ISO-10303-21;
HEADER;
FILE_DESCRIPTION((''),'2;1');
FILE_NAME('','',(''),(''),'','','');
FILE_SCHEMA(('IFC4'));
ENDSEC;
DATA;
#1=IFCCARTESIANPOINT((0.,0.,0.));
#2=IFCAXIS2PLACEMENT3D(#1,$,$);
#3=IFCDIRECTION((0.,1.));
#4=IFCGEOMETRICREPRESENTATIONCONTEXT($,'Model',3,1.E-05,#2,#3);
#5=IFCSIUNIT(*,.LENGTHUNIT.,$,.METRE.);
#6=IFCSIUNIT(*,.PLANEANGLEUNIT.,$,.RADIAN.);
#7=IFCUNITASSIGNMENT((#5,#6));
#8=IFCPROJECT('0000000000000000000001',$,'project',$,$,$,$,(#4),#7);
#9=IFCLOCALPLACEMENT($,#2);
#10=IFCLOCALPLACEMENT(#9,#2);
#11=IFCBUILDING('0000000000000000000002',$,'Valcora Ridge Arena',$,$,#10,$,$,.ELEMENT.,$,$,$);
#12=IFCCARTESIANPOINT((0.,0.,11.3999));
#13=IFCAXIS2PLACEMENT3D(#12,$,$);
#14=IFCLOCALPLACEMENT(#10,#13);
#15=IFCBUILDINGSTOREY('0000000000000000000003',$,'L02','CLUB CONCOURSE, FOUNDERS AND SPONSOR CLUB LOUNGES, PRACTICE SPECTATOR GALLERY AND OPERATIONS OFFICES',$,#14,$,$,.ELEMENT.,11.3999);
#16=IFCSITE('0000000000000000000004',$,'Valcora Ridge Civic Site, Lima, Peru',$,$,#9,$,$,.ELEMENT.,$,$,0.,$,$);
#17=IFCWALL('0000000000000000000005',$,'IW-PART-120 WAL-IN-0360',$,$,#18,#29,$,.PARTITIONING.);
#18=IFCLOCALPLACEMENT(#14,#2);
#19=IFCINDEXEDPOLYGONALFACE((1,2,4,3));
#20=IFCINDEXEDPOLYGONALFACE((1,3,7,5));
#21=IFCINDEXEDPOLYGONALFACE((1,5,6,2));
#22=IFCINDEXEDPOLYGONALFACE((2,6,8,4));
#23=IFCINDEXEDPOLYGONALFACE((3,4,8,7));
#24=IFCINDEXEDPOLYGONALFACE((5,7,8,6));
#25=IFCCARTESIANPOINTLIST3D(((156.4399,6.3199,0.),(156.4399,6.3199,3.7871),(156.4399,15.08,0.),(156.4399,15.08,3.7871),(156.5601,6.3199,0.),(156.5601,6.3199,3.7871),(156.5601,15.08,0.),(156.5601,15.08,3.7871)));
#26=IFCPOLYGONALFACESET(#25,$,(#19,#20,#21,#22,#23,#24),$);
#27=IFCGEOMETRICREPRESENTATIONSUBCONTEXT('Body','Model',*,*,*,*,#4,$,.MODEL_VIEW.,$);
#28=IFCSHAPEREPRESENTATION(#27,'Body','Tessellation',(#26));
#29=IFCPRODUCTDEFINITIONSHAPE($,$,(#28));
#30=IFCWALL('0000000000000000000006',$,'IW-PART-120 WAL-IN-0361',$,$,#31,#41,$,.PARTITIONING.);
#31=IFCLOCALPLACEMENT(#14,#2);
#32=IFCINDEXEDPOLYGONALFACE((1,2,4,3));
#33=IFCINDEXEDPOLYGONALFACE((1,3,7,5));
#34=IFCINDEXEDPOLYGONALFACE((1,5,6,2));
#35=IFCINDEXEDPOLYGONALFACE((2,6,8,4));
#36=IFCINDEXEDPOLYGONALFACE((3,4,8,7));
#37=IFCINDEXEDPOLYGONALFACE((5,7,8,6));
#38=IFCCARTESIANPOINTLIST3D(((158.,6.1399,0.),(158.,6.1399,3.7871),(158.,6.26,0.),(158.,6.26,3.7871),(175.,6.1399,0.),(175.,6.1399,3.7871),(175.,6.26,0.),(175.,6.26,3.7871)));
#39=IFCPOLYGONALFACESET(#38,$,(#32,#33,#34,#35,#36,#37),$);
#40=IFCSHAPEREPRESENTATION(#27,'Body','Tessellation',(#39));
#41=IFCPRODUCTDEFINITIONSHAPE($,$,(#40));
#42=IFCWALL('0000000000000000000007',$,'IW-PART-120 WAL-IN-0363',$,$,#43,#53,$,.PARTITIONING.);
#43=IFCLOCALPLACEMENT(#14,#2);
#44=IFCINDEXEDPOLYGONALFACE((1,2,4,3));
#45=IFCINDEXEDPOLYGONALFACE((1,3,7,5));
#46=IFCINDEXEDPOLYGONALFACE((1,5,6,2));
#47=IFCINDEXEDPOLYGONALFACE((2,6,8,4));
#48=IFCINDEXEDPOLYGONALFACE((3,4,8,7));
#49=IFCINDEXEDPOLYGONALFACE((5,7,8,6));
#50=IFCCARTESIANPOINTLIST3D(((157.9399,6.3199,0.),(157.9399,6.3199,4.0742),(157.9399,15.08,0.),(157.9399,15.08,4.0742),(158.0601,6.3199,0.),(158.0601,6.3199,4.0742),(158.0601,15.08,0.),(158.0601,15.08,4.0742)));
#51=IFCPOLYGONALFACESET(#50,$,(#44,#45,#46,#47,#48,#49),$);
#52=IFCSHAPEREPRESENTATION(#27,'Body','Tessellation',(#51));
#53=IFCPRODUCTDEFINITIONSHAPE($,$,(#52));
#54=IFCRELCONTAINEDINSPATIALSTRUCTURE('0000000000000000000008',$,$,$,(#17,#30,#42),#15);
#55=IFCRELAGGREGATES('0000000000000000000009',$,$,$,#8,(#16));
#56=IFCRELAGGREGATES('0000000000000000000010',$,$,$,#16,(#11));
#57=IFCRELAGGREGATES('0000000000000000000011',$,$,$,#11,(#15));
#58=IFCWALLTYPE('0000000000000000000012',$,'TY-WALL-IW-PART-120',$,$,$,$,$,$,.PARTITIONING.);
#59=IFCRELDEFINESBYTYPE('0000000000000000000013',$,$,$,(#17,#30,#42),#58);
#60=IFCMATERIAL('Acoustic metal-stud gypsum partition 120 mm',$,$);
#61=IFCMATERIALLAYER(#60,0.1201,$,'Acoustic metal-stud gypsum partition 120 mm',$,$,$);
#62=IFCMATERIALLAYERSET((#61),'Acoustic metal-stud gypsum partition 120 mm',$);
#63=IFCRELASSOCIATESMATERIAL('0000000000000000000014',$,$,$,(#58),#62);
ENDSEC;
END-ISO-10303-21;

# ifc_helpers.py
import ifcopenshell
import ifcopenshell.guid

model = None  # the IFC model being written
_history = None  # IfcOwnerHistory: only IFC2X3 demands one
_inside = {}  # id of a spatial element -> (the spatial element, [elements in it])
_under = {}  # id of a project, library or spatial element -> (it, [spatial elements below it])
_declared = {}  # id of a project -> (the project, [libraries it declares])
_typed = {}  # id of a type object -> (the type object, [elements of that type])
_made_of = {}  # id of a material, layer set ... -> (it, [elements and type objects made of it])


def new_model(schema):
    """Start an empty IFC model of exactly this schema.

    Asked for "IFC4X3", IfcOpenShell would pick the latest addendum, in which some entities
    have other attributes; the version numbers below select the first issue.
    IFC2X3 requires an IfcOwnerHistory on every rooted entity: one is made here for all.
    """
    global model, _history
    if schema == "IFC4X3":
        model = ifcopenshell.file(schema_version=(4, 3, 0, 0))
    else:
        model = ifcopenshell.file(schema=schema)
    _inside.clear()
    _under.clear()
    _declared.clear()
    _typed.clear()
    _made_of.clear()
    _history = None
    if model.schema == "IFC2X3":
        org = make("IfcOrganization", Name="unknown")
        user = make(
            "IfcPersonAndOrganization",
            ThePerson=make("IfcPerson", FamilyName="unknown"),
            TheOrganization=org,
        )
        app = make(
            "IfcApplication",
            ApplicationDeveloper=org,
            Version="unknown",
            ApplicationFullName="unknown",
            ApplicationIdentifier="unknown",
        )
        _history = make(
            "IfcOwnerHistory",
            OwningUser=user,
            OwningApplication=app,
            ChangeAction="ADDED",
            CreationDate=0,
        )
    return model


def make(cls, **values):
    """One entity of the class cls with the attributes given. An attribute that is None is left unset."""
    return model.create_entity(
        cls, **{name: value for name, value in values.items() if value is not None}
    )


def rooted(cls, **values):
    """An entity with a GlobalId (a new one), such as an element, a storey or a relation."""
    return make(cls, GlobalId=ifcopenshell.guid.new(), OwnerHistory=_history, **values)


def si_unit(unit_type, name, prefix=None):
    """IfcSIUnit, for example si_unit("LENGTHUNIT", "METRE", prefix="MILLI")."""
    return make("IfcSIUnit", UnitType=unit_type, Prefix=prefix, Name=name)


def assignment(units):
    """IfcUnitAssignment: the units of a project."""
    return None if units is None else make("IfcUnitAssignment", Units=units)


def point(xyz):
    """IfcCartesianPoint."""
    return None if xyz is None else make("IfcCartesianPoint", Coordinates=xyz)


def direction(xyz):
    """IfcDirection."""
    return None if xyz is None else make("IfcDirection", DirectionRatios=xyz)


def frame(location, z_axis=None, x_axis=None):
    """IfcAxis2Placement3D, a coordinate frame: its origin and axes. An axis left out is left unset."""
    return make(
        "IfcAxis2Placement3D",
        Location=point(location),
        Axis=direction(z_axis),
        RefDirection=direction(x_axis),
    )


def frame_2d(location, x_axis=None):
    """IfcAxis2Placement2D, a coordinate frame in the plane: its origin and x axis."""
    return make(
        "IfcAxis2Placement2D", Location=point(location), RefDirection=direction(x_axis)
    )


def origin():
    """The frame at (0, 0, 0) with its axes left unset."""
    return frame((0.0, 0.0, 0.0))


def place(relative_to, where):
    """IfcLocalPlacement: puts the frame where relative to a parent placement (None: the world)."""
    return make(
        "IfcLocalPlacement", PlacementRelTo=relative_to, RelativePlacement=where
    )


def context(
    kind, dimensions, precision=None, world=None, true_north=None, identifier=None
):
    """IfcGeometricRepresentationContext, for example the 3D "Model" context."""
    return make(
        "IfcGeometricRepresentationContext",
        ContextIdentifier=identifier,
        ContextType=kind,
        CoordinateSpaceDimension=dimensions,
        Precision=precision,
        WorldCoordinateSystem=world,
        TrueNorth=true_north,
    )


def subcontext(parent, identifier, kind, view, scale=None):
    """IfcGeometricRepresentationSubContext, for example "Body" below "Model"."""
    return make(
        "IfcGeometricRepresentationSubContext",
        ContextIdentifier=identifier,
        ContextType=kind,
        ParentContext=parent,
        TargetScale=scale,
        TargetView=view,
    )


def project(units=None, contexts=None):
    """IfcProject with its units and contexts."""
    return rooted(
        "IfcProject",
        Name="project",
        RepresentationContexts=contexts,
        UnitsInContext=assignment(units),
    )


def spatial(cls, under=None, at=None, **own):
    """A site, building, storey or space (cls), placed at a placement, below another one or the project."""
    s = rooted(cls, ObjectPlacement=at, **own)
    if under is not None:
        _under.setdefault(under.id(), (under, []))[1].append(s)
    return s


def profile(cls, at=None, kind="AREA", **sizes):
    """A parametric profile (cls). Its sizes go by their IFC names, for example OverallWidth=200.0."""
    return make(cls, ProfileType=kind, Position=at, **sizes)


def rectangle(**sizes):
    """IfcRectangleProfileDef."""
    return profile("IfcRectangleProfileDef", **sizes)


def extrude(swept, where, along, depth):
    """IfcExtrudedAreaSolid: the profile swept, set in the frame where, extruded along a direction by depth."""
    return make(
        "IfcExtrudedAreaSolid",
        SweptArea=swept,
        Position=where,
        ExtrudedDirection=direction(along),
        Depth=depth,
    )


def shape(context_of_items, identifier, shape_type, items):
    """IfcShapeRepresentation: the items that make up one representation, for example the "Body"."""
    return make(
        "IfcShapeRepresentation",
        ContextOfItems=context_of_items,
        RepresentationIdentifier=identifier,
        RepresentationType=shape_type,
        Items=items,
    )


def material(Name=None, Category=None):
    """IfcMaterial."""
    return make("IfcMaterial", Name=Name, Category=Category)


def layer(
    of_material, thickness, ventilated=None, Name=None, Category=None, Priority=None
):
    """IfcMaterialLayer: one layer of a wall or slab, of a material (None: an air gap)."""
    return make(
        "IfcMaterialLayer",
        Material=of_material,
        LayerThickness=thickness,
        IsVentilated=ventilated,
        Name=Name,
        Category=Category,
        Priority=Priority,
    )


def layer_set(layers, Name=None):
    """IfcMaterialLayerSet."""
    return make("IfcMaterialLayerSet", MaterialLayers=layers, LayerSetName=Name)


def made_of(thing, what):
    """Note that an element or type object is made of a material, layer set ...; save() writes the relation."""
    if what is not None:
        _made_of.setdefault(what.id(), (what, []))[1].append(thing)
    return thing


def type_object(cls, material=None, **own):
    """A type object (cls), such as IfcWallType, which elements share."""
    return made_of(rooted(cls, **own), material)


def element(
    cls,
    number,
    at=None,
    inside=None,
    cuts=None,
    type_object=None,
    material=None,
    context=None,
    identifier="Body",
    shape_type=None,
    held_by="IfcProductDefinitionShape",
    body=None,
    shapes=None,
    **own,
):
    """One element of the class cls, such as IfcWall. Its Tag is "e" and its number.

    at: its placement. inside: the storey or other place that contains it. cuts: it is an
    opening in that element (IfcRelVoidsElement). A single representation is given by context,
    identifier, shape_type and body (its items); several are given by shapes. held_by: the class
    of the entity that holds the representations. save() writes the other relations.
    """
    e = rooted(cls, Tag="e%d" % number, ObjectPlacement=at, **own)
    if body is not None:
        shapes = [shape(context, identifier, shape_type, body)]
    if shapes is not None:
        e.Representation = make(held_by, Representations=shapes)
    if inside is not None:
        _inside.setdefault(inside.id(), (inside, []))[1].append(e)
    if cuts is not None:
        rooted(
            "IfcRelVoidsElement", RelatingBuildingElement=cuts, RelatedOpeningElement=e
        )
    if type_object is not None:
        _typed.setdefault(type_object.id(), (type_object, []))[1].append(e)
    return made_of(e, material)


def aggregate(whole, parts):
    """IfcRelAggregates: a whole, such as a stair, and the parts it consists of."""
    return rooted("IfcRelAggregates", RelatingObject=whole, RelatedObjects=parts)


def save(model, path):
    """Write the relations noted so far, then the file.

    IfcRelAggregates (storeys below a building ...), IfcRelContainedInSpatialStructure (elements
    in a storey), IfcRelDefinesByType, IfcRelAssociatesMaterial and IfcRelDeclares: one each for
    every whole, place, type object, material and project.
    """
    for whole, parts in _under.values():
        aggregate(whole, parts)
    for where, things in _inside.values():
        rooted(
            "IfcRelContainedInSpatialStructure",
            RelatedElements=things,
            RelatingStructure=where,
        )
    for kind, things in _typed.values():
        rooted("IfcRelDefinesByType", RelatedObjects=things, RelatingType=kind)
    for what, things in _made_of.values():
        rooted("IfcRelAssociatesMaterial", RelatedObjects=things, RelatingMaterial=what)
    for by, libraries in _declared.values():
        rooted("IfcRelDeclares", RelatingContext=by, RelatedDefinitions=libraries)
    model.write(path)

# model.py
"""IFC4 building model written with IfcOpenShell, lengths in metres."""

from ifc_helpers import new_model, si_unit, direction, frame, frame_2d, origin, place, context, subcontext, project, spatial, rectangle, extrude, material, layer, layer_set, type_object, element, save


model = new_model("IFC4")

# Units and contexts
model_context = context("Model", 3, precision=1e-05, world=origin(), true_north=direction((0.0, 1.0)))
body_context = subcontext(model_context, "Body", "Model", "MODEL_VIEW")
ifc_project = project(units=[si_unit("LENGTHUNIT", "METRE"), si_unit("PLANEANGLEUNIT", "RADIAN")], contexts=[model_context])

# Site, building, storey
site_placement = place(None, origin())
site = spatial("IfcSite", under=ifc_project, at=site_placement, Name="Valcora Ridge Civic Site, Lima, Peru", CompositionType="ELEMENT", RefElevation=0.0)
building_placement = place(site_placement, origin())
building = spatial("IfcBuilding", under=site, at=building_placement, Name="Valcora Ridge Arena", CompositionType="ELEMENT")
storey_placement = place(building_placement, frame((0.0, 0.0, 11.3999)))
storey = spatial("IfcBuildingStorey", under=building, at=storey_placement, Name="L02", Description="CLUB CONCOURSE, FOUNDERS AND SPONSOR CLUB LOUNGES, PRACTICE SPECTATOR GALLERY AND OPERATIONS OFFICES", CompositionType="ELEMENT", Elevation=11.3999)

# Walls
ifc_material_1 = material(Name="Acoustic metal-stud gypsum partition 120 mm")
ifc_layer_1 = layer(ifc_material_1, 0.1201, Name="Acoustic metal-stud gypsum partition 120 mm")
ifc_layer_set_1 = layer_set([ifc_layer_1], Name="Acoustic metal-stud gypsum partition 120 mm")
wall_type = type_object("IfcWallType", Name="TY-WALL-IW-PART-120", PredefinedType="PARTITIONING", material=ifc_layer_set_1)
wall_1_placement = place(storey_placement, frame((156.5, 6.3201, 0.0), z_axis=(0.0, 0.0, 1.0), x_axis=(0.0, 1.0, 0.0)))
element("IfcWall", 1, at=wall_1_placement, inside=storey, type_object=wall_type, Name="IW-PART-120 WAL-IN-0360", PredefinedType="PARTITIONING", context=body_context, shape_type="SweptSolid", body=[
    extrude(rectangle(XDim=8.76, YDim=0.1201, at=frame_2d((4.3799, 0.0))), origin(), (0.0, 0.0, 1.0), 3.7871),
])
wall_2_placement = place(storey_placement, frame((158.0, 6.2, 0.0), z_axis=(0.0, 0.0, 1.0), x_axis=(1.0, 0.0, 0.0)))
element("IfcWall", 2, at=wall_2_placement, inside=storey, type_object=wall_type, Name="IW-PART-120 WAL-IN-0361", PredefinedType="PARTITIONING", context=body_context, shape_type="SweptSolid", body=[
    extrude(rectangle(XDim=17.0, YDim=0.1201, at=frame_2d((8.5, 0.0))), origin(), (0.0, 0.0, 1.0), 3.7871),
])
wall_3_placement = place(storey_placement, frame((158.0, 6.3201, 0.0), z_axis=(0.0, 0.0, 1.0), x_axis=(0.0, 1.0, 0.0)))
element("IfcWall", 3, at=wall_3_placement, inside=storey, type_object=wall_type, Name="IW-PART-120 WAL-IN-0363", PredefinedType="PARTITIONING", context=body_context, shape_type="SweptSolid", body=[
    extrude(rectangle(XDim=8.76, YDim=0.1201, at=frame_2d((4.3799, 0.0))), origin(), (0.0, 0.0, 1.0), 4.0742),
])

save(model, "model.ifc")
